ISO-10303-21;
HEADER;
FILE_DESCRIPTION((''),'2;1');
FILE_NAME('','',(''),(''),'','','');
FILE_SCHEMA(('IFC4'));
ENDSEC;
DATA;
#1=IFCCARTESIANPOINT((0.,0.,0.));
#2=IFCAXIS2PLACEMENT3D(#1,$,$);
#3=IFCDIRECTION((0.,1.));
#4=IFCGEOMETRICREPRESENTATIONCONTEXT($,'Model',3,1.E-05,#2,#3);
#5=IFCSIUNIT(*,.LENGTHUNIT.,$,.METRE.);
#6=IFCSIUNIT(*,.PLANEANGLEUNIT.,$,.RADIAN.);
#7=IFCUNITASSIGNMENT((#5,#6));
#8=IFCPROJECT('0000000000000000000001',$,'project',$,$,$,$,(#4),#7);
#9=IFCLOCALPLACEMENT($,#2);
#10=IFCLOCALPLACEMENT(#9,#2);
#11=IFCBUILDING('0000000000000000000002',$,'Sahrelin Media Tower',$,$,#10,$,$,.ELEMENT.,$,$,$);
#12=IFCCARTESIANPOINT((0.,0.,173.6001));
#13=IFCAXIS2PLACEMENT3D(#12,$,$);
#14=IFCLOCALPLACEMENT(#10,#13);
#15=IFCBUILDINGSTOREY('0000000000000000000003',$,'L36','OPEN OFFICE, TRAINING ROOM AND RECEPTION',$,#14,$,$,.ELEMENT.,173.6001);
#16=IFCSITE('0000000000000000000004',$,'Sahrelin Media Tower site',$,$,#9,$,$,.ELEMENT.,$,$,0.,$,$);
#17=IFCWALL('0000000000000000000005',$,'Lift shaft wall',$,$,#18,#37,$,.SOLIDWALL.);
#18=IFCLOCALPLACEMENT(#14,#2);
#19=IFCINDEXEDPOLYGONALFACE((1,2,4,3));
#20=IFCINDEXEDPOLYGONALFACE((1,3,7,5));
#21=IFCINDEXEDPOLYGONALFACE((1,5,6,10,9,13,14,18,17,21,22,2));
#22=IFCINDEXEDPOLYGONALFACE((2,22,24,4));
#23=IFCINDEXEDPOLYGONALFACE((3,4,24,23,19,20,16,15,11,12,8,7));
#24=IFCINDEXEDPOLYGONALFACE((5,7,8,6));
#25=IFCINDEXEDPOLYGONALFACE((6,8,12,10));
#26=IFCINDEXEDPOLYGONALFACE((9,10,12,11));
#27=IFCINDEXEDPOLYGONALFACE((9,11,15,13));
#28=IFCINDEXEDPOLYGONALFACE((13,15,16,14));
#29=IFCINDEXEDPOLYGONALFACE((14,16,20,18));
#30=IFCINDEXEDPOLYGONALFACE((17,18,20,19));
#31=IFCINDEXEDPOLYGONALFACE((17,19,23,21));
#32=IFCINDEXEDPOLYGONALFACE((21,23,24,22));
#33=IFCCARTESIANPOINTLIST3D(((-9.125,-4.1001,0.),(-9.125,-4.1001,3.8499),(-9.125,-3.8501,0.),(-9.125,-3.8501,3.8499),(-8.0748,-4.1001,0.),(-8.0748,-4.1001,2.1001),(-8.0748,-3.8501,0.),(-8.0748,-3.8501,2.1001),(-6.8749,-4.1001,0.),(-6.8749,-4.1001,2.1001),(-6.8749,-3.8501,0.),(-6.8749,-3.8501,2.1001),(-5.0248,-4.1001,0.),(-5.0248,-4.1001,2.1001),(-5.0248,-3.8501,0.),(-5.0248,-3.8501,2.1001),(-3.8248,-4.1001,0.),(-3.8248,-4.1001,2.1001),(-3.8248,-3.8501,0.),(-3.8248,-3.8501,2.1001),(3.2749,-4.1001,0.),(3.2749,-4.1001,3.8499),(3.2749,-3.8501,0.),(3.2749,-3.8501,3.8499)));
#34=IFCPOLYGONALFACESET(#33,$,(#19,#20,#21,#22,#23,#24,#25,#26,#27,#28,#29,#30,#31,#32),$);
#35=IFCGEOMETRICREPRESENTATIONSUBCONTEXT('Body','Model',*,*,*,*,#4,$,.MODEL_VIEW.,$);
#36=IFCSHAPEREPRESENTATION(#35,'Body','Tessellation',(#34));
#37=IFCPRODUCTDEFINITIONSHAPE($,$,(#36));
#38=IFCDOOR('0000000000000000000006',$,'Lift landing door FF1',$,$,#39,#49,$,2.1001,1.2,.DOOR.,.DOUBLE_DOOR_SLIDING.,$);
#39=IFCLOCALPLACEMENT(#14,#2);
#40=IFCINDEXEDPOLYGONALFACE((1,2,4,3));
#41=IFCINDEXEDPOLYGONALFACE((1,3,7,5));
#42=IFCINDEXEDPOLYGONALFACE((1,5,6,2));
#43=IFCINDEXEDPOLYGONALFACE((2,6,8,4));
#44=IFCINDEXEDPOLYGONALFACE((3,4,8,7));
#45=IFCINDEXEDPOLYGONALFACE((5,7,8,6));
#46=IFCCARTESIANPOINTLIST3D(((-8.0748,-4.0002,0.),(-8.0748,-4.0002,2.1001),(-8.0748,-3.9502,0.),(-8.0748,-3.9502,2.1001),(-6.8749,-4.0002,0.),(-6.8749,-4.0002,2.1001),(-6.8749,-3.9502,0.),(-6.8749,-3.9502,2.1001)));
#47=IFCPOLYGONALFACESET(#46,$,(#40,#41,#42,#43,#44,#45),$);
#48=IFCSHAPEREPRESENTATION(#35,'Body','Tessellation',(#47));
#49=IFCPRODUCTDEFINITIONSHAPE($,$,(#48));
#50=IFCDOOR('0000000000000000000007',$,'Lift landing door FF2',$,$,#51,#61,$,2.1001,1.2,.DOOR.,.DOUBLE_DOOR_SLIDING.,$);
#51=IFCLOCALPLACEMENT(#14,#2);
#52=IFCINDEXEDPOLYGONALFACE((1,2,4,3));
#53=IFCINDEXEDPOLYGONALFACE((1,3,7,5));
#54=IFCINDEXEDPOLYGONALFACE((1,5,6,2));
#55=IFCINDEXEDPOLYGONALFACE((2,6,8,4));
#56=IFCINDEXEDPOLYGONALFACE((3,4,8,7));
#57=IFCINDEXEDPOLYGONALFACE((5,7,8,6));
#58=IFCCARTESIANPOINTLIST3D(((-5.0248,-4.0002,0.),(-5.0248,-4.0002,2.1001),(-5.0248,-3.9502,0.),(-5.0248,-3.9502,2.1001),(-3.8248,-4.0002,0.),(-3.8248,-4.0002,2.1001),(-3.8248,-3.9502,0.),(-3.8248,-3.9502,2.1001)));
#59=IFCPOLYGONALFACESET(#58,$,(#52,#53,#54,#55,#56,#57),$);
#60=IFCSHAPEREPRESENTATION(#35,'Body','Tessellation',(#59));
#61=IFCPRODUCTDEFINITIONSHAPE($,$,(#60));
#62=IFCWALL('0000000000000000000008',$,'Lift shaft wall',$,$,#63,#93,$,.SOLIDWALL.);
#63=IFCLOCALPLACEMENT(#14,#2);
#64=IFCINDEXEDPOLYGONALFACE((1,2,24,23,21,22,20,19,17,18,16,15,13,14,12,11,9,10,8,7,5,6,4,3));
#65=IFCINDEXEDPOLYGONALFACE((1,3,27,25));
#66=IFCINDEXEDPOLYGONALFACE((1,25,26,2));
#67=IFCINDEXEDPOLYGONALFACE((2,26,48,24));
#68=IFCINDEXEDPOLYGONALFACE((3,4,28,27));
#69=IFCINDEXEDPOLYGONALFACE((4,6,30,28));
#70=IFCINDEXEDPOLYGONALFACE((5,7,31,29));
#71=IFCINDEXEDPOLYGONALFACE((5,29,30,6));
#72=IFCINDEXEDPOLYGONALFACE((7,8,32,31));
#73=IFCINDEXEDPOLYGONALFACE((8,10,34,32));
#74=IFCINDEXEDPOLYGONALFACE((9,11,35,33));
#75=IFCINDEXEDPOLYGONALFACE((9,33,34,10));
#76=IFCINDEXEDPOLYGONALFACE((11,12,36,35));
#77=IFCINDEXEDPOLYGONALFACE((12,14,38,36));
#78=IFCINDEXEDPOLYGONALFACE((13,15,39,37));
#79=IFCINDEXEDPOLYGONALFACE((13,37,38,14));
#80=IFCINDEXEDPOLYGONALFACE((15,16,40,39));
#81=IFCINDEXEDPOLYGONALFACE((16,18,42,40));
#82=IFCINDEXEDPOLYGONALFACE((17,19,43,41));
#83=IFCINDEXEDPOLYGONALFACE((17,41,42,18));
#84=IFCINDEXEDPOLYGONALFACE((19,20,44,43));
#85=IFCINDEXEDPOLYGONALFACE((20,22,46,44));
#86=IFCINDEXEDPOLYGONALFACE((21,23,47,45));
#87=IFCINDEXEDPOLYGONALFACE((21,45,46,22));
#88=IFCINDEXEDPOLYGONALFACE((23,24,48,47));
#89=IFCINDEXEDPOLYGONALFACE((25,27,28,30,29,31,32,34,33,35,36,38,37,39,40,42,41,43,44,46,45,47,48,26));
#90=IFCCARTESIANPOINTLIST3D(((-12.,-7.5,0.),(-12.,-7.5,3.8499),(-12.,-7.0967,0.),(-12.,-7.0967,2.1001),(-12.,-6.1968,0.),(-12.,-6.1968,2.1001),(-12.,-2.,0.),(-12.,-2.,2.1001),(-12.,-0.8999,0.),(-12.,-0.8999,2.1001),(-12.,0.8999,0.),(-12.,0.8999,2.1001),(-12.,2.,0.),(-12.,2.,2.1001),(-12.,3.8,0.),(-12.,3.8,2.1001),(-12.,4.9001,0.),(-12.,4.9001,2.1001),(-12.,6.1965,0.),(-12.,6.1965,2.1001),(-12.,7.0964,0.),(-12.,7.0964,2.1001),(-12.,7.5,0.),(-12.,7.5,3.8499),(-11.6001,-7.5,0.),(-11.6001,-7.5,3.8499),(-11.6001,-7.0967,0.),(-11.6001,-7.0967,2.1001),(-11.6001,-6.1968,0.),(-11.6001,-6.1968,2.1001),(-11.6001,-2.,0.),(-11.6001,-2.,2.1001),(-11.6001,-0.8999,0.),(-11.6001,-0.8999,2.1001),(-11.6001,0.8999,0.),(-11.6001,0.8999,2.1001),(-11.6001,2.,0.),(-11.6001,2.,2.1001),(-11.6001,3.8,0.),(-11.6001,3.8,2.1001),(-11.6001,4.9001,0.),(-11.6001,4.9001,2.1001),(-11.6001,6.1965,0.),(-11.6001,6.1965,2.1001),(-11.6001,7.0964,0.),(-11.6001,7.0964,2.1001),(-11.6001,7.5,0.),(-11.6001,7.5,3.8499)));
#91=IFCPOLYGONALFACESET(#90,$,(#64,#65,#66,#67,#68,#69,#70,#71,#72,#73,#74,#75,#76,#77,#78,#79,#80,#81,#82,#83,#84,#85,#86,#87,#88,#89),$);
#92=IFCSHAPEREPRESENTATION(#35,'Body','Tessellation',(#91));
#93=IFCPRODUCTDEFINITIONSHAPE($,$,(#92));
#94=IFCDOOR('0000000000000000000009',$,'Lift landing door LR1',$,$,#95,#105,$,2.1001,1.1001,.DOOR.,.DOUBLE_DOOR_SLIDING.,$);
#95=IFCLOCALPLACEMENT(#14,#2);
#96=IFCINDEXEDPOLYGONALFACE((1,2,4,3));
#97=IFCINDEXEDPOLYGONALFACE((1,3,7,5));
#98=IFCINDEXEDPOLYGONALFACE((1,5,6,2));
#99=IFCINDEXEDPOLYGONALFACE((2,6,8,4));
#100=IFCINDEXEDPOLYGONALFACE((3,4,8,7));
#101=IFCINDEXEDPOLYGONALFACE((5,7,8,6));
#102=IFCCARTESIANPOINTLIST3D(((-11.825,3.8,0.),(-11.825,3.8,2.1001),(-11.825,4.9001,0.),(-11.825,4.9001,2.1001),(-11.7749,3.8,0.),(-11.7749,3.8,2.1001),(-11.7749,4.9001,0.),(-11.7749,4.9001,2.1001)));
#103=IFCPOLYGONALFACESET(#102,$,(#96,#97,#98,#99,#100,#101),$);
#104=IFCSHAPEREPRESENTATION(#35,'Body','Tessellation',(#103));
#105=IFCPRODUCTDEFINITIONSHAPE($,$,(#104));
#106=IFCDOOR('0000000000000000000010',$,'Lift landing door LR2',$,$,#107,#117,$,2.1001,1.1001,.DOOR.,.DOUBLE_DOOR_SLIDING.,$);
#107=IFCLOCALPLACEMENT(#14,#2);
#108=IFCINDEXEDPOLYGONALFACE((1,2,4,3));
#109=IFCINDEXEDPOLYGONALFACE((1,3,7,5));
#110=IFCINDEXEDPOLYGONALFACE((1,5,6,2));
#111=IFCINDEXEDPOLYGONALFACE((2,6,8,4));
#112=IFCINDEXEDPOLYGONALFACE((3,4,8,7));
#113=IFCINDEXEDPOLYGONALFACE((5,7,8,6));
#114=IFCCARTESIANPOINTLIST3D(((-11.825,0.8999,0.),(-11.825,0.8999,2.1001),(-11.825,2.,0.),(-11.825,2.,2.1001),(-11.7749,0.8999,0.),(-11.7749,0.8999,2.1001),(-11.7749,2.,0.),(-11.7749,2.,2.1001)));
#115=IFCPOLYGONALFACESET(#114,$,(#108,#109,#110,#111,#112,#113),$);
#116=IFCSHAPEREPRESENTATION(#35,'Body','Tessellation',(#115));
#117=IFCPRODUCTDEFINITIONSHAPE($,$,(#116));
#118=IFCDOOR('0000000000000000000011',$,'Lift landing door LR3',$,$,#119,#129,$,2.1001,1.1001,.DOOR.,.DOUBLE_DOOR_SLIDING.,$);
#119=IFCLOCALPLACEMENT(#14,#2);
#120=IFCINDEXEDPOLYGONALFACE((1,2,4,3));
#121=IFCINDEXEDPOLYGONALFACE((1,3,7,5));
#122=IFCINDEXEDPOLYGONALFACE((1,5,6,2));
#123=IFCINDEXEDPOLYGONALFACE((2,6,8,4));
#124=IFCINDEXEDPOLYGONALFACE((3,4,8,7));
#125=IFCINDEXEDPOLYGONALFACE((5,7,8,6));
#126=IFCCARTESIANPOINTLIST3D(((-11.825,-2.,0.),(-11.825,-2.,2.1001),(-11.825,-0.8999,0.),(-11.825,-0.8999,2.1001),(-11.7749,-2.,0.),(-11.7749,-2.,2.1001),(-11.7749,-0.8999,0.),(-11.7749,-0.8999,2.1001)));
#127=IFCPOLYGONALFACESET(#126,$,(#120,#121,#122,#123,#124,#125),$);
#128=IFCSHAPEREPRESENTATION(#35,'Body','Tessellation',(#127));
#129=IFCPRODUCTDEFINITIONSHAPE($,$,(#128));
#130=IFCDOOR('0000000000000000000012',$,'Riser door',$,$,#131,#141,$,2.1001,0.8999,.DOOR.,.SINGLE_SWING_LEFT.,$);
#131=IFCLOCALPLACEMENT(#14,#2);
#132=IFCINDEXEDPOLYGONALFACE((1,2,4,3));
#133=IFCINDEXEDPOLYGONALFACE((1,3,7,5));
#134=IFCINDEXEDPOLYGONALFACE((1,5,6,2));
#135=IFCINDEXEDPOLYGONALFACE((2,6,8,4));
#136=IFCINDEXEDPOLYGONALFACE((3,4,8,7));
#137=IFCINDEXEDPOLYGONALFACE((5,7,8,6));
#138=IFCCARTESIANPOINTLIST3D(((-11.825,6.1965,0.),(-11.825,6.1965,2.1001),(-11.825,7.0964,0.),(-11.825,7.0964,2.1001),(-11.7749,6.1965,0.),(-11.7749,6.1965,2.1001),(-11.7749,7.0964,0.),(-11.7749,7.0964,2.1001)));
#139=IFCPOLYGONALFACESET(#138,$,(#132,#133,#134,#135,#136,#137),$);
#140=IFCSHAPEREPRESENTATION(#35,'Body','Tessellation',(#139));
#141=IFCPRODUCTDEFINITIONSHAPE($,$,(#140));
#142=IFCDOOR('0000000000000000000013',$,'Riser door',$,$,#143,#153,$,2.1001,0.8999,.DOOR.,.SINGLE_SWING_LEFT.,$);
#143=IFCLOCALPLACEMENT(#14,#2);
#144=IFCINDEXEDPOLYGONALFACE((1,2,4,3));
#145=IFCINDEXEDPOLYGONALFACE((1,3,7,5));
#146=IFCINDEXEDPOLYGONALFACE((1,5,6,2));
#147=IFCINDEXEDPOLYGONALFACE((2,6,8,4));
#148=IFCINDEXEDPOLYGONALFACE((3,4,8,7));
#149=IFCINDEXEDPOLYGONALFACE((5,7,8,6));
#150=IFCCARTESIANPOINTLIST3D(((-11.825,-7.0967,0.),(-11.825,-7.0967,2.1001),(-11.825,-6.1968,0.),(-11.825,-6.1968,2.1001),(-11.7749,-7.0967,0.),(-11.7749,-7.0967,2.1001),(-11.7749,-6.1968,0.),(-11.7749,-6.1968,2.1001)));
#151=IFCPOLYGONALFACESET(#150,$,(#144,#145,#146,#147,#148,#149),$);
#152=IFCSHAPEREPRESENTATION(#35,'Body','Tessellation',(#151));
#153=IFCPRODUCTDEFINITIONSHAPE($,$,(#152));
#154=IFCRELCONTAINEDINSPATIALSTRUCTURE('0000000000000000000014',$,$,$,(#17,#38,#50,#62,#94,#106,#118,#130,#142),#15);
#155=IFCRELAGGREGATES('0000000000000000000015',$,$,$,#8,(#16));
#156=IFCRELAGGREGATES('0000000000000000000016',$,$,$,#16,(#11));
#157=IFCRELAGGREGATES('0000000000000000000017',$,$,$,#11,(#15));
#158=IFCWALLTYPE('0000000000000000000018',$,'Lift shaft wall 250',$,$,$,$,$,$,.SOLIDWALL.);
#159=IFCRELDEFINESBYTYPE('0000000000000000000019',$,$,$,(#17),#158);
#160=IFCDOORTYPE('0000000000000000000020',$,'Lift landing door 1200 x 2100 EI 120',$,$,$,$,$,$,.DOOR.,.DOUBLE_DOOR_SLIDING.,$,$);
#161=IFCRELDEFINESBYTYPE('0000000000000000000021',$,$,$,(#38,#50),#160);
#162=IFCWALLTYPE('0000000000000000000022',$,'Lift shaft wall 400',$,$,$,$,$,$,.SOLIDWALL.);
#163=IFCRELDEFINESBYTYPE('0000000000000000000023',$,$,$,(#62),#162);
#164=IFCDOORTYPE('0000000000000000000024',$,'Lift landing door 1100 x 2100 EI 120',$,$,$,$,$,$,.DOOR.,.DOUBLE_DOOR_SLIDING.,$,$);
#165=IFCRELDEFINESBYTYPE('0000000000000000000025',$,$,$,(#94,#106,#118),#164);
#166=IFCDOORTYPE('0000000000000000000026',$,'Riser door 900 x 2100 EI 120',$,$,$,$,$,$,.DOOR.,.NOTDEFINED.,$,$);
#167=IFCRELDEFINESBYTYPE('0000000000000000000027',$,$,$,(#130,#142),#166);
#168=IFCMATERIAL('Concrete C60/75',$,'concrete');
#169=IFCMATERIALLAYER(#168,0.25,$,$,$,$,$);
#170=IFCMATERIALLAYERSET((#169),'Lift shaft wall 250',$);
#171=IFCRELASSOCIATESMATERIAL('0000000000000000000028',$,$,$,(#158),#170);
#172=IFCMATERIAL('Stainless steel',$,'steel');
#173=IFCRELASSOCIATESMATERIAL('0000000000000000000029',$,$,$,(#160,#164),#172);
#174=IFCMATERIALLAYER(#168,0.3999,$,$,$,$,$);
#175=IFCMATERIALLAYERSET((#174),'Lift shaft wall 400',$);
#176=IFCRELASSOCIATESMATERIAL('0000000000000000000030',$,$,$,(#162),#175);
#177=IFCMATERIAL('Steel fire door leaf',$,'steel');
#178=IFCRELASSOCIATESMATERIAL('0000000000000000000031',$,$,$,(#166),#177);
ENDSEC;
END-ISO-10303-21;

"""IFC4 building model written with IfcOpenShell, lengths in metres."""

from ifc_helpers import new_model, si_unit, direction, frame, frame_2d, origin, place, context, subcontext, project, spatial, rectangle, extrude, material, layer, layer_set, type_object, element, fill, save


model = new_model("IFC4")

# Units and contexts
model_context = context("Model", 3, precision=1e-05, world=origin(), true_north=direction((0.0, 1.0)))
body_context = subcontext(model_context, "Body", "Model", "MODEL_VIEW")
ifc_project = project(units=[si_unit("LENGTHUNIT", "METRE"), si_unit("PLANEANGLEUNIT", "RADIAN")], contexts=[model_context])

# Site, building, storey
site_placement = place(None, origin())
site = spatial("IfcSite", under=ifc_project, at=site_placement, Name="Sahrelin Media Tower site", CompositionType="ELEMENT", RefElevation=0.0)
building_placement = place(site_placement, origin())
building = spatial("IfcBuilding", under=site, at=building_placement, Name="Sahrelin Media Tower", CompositionType="ELEMENT")
storey_placement = place(building_placement, frame((0.0, 0.0, 173.6001)))
storey = spatial("IfcBuildingStorey", under=building, at=storey_placement, Name="L36", Description="OPEN OFFICE, TRAINING ROOM AND RECEPTION", CompositionType="ELEMENT", Elevation=173.6001)

# Shared definitions
ifc_material_1 = material(Name="Concrete C60/75", Category="concrete")
ifc_material_2 = material(Name="Steel fire door leaf", Category="steel")

# Walls, openings, doors
ifc_layer_1 = layer(ifc_material_1, 0.25)
ifc_layer_set_1 = layer_set([ifc_layer_1], Name="Lift shaft wall 250")
wall_type_1 = type_object("IfcWallType", Name="Lift shaft wall 250", PredefinedType="SOLIDWALL", material=ifc_layer_set_1)
wall_1_placement = place(storey_placement, frame((-9.125, -3.9751, 0.0), z_axis=(0.0, 0.0, 1.0), x_axis=(1.0, 0.0, 0.0)))
wall_1 = element("IfcWall", 1, at=wall_1_placement, inside=storey, type_object=wall_type_1, Name="Lift shaft wall", PredefinedType="SOLIDWALL", context=body_context, shape_type="SweptSolid", body=[
    extrude(rectangle(XDim=12.3999, YDim=0.25, at=frame_2d((6.2, 0.0))), origin(), (0.0, 0.0, 1.0), 3.8499),
])
opening_1_placement = place(wall_1_placement, frame((1.05, 0.0, 0.0)))
opening_1 = element("IfcOpeningElement", 2, at=opening_1_placement, cuts=wall_1, PredefinedType="OPENING", context=body_context, shape_type="SweptSolid", body=[
    extrude(rectangle(XDim=1.2, YDim=2.1001, at=frame_2d((0.6001, 1.05))), frame((0.0, 0.125, 0.0), z_axis=(0.0, -1.0, 0.0), x_axis=(1.0, 0.0, 0.0)), (0.0, 0.0, 1.0), 0.25),
])
opening_2_placement = place(wall_1_placement, frame((4.1001, 0.0, 0.0)))
opening_2 = element("IfcOpeningElement", 3, at=opening_2_placement, cuts=wall_1, PredefinedType="OPENING", context=body_context, shape_type="SweptSolid", body=[
    extrude(rectangle(XDim=1.2, YDim=2.1001, at=frame_2d((0.6001, 1.05))), frame((0.0, 0.125, 0.0), z_axis=(0.0, -1.0, 0.0), x_axis=(1.0, 0.0, 0.0)), (0.0, 0.0, 1.0), 0.25),
])
ifc_material_3 = material(Name="Stainless steel", Category="steel")
door_type_1 = type_object("IfcDoorType", Name="Lift landing door 1200 x 2100 EI 120", OperationType="DOUBLE_DOOR_SLIDING", PredefinedType="DOOR", material=ifc_material_3)
door_1_placement = place(opening_1_placement, origin())
door_1 = element("IfcDoor", 4, at=door_1_placement, inside=storey, type_object=door_type_1, Name="Lift landing door FF1", OperationType="DOUBLE_DOOR_SLIDING", OverallHeight=2.1001, OverallWidth=1.2, PredefinedType="DOOR", context=body_context, shape_type="SweptSolid", body=[
    extrude(rectangle(XDim=1.2, YDim=2.1001, at=frame_2d((0.6001, 1.05))), frame((0.0, 0.0249, 0.0), z_axis=(0.0, -1.0, 0.0), x_axis=(1.0, 0.0, 0.0)), (0.0, 0.0, 1.0), 0.05),
])
fill(opening_1, door_1)
door_2_placement = place(opening_2_placement, origin())
door_2 = element("IfcDoor", 5, at=door_2_placement, inside=storey, type_object=door_type_1, Name="Lift landing door FF2", OperationType="DOUBLE_DOOR_SLIDING", OverallHeight=2.1001, OverallWidth=1.2, PredefinedType="DOOR", context=body_context, shape_type="SweptSolid", body=[
    extrude(rectangle(XDim=1.2, YDim=2.1001, at=frame_2d((0.6001, 1.05))), frame((0.0, 0.0249, 0.0), z_axis=(0.0, -1.0, 0.0), x_axis=(1.0, 0.0, 0.0)), (0.0, 0.0, 1.0), 0.05),
])
fill(opening_2, door_2)
ifc_layer_2 = layer(ifc_material_1, 0.3999)
ifc_layer_set_2 = layer_set([ifc_layer_2], Name="Lift shaft wall 400")
wall_type_2 = type_object("IfcWallType", Name="Lift shaft wall 400", PredefinedType="SOLIDWALL", material=ifc_layer_set_2)
wall_2_placement = place(storey_placement, frame((-11.8, -7.5, 0.0), z_axis=(0.0, 0.0, 1.0), x_axis=(0.0, 1.0, 0.0)))
wall_2 = element("IfcWall", 6, at=wall_2_placement, inside=storey, type_object=wall_type_2, Name="Lift shaft wall", PredefinedType="SOLIDWALL", context=body_context, shape_type="SweptSolid", body=[
    extrude(rectangle(XDim=15.0, YDim=0.3999, at=frame_2d((7.5, 0.0))), origin(), (0.0, 0.0, 1.0), 3.8499),
])
opening_3_placement = place(wall_2_placement, frame((11.3, 0.0, 0.0)))
opening_3 = element("IfcOpeningElement", 7, at=opening_3_placement, cuts=wall_2, PredefinedType="OPENING", context=body_context, shape_type="SweptSolid", body=[
    extrude(rectangle(XDim=1.1001, YDim=2.1001, at=frame_2d((0.55, 1.05))), frame((0.0, 0.2, 0.0), z_axis=(0.0, -1.0, 0.0), x_axis=(1.0, 0.0, 0.0)), (0.0, 0.0, 1.0), 0.3999),
])
opening_4_placement = place(wall_2_placement, frame((8.3999, 0.0, 0.0)))
opening_4 = element("IfcOpeningElement", 8, at=opening_4_placement, cuts=wall_2, PredefinedType="OPENING", context=body_context, shape_type="SweptSolid", body=[
    extrude(rectangle(XDim=1.1001, YDim=2.1001, at=frame_2d((0.55, 1.05))), frame((0.0, 0.2, 0.0), z_axis=(0.0, -1.0, 0.0), x_axis=(1.0, 0.0, 0.0)), (0.0, 0.0, 1.0), 0.3999),
])
opening_5_placement = place(wall_2_placement, frame((5.5, 0.0, 0.0)))
opening_5 = element("IfcOpeningElement", 9, at=opening_5_placement, cuts=wall_2, PredefinedType="OPENING", context=body_context, shape_type="SweptSolid", body=[
    extrude(rectangle(XDim=1.1001, YDim=2.1001, at=frame_2d((0.55, 1.05))), frame((0.0, 0.2, 0.0), z_axis=(0.0, -1.0, 0.0), x_axis=(1.0, 0.0, 0.0)), (0.0, 0.0, 1.0), 0.3999),
])
opening_6_placement = place(wall_2_placement, frame((13.6965, 0.0, 0.0)))
opening_6 = element("IfcOpeningElement", 10, at=opening_6_placement, cuts=wall_2, PredefinedType="OPENING", context=body_context, shape_type="SweptSolid", body=[
    extrude(rectangle(XDim=0.8999, YDim=2.1001, at=frame_2d((0.45, 1.05))), frame((0.0, 0.2, 0.0), z_axis=(0.0, -1.0, 0.0), x_axis=(1.0, 0.0, 0.0)), (0.0, 0.0, 1.0), 0.3999),
])
opening_7_placement = place(wall_2_placement, frame((0.4033, 0.0, 0.0)))
opening_7 = element("IfcOpeningElement", 11, at=opening_7_placement, cuts=wall_2, PredefinedType="OPENING", context=body_context, shape_type="SweptSolid", body=[
    extrude(rectangle(XDim=0.8999, YDim=2.1001, at=frame_2d((0.45, 1.05))), frame((0.0, 0.2, 0.0), z_axis=(0.0, -1.0, 0.0), x_axis=(1.0, 0.0, 0.0)), (0.0, 0.0, 1.0), 0.3999),
])
door_type_2 = type_object("IfcDoorType", Name="Lift landing door 1100 x 2100 EI 120", OperationType="DOUBLE_DOOR_SLIDING", PredefinedType="DOOR", material=ifc_material_3)
door_3_placement = place(opening_3_placement, origin())
door_3 = element("IfcDoor", 12, at=door_3_placement, inside=storey, type_object=door_type_2, Name="Lift landing door LR1", OperationType="DOUBLE_DOOR_SLIDING", OverallHeight=2.1001, OverallWidth=1.1001, PredefinedType="DOOR", context=body_context, shape_type="SweptSolid", body=[
    extrude(rectangle(XDim=1.1001, YDim=2.1001, at=frame_2d((0.55, 1.05))), frame((0.0, 0.0249, 0.0), z_axis=(0.0, -1.0, 0.0), x_axis=(1.0, 0.0, 0.0)), (0.0, 0.0, 1.0), 0.05),
])
fill(opening_3, door_3)
door_4_placement = place(opening_4_placement, origin())
door_4 = element("IfcDoor", 13, at=door_4_placement, inside=storey, type_object=door_type_2, Name="Lift landing door LR2", OperationType="DOUBLE_DOOR_SLIDING", OverallHeight=2.1001, OverallWidth=1.1001, PredefinedType="DOOR", context=body_context, shape_type="SweptSolid", body=[
    extrude(rectangle(XDim=1.1001, YDim=2.1001, at=frame_2d((0.55, 1.05))), frame((0.0, 0.0249, 0.0), z_axis=(0.0, -1.0, 0.0), x_axis=(1.0, 0.0, 0.0)), (0.0, 0.0, 1.0), 0.05),
])
fill(opening_4, door_4)
door_5_placement = place(opening_5_placement, origin())
door_5 = element("IfcDoor", 14, at=door_5_placement, inside=storey, type_object=door_type_2, Name="Lift landing door LR3", OperationType="DOUBLE_DOOR_SLIDING", OverallHeight=2.1001, OverallWidth=1.1001, PredefinedType="DOOR", context=body_context, shape_type="SweptSolid", body=[
    extrude(rectangle(XDim=1.1001, YDim=2.1001, at=frame_2d((0.55, 1.05))), frame((0.0, 0.0249, 0.0), z_axis=(0.0, -1.0, 0.0), x_axis=(1.0, 0.0, 0.0)), (0.0, 0.0, 1.0), 0.05),
])
fill(opening_5, door_5)
door_type_3 = type_object("IfcDoorType", Name="Riser door 900 x 2100 EI 120", OperationType="NOTDEFINED", PredefinedType="DOOR", material=ifc_material_2)
door_6_placement = place(opening_6_placement, origin())
door_6 = element("IfcDoor", 15, at=door_6_placement, inside=storey, type_object=door_type_3, Name="Riser door", OperationType="SINGLE_SWING_LEFT", OverallHeight=2.1001, OverallWidth=0.8999, PredefinedType="DOOR", context=body_context, shape_type="SweptSolid", body=[
    extrude(rectangle(XDim=0.8999, YDim=2.1001, at=frame_2d((0.45, 1.05))), frame((0.0, 0.0249, 0.0), z_axis=(0.0, -1.0, 0.0), x_axis=(1.0, 0.0, 0.0)), (0.0, 0.0, 1.0), 0.05),
])
fill(opening_6, door_6)
door_7_placement = place(opening_7_placement, origin())
door_7 = element("IfcDoor", 16, at=door_7_placement, inside=storey, type_object=door_type_3, Name="Riser door", OperationType="SINGLE_SWING_LEFT", OverallHeight=2.1001, OverallWidth=0.8999, PredefinedType="DOOR", context=body_context, shape_type="SweptSolid", body=[
    extrude(rectangle(XDim=0.8999, YDim=2.1001, at=frame_2d((0.45, 1.05))), frame((0.0, 0.0249, 0.0), z_axis=(0.0, -1.0, 0.0), x_axis=(1.0, 0.0, 0.0)), (0.0, 0.0, 1.0), 0.05),
])
fill(opening_7, door_7)

save(model, "model.ifc")
